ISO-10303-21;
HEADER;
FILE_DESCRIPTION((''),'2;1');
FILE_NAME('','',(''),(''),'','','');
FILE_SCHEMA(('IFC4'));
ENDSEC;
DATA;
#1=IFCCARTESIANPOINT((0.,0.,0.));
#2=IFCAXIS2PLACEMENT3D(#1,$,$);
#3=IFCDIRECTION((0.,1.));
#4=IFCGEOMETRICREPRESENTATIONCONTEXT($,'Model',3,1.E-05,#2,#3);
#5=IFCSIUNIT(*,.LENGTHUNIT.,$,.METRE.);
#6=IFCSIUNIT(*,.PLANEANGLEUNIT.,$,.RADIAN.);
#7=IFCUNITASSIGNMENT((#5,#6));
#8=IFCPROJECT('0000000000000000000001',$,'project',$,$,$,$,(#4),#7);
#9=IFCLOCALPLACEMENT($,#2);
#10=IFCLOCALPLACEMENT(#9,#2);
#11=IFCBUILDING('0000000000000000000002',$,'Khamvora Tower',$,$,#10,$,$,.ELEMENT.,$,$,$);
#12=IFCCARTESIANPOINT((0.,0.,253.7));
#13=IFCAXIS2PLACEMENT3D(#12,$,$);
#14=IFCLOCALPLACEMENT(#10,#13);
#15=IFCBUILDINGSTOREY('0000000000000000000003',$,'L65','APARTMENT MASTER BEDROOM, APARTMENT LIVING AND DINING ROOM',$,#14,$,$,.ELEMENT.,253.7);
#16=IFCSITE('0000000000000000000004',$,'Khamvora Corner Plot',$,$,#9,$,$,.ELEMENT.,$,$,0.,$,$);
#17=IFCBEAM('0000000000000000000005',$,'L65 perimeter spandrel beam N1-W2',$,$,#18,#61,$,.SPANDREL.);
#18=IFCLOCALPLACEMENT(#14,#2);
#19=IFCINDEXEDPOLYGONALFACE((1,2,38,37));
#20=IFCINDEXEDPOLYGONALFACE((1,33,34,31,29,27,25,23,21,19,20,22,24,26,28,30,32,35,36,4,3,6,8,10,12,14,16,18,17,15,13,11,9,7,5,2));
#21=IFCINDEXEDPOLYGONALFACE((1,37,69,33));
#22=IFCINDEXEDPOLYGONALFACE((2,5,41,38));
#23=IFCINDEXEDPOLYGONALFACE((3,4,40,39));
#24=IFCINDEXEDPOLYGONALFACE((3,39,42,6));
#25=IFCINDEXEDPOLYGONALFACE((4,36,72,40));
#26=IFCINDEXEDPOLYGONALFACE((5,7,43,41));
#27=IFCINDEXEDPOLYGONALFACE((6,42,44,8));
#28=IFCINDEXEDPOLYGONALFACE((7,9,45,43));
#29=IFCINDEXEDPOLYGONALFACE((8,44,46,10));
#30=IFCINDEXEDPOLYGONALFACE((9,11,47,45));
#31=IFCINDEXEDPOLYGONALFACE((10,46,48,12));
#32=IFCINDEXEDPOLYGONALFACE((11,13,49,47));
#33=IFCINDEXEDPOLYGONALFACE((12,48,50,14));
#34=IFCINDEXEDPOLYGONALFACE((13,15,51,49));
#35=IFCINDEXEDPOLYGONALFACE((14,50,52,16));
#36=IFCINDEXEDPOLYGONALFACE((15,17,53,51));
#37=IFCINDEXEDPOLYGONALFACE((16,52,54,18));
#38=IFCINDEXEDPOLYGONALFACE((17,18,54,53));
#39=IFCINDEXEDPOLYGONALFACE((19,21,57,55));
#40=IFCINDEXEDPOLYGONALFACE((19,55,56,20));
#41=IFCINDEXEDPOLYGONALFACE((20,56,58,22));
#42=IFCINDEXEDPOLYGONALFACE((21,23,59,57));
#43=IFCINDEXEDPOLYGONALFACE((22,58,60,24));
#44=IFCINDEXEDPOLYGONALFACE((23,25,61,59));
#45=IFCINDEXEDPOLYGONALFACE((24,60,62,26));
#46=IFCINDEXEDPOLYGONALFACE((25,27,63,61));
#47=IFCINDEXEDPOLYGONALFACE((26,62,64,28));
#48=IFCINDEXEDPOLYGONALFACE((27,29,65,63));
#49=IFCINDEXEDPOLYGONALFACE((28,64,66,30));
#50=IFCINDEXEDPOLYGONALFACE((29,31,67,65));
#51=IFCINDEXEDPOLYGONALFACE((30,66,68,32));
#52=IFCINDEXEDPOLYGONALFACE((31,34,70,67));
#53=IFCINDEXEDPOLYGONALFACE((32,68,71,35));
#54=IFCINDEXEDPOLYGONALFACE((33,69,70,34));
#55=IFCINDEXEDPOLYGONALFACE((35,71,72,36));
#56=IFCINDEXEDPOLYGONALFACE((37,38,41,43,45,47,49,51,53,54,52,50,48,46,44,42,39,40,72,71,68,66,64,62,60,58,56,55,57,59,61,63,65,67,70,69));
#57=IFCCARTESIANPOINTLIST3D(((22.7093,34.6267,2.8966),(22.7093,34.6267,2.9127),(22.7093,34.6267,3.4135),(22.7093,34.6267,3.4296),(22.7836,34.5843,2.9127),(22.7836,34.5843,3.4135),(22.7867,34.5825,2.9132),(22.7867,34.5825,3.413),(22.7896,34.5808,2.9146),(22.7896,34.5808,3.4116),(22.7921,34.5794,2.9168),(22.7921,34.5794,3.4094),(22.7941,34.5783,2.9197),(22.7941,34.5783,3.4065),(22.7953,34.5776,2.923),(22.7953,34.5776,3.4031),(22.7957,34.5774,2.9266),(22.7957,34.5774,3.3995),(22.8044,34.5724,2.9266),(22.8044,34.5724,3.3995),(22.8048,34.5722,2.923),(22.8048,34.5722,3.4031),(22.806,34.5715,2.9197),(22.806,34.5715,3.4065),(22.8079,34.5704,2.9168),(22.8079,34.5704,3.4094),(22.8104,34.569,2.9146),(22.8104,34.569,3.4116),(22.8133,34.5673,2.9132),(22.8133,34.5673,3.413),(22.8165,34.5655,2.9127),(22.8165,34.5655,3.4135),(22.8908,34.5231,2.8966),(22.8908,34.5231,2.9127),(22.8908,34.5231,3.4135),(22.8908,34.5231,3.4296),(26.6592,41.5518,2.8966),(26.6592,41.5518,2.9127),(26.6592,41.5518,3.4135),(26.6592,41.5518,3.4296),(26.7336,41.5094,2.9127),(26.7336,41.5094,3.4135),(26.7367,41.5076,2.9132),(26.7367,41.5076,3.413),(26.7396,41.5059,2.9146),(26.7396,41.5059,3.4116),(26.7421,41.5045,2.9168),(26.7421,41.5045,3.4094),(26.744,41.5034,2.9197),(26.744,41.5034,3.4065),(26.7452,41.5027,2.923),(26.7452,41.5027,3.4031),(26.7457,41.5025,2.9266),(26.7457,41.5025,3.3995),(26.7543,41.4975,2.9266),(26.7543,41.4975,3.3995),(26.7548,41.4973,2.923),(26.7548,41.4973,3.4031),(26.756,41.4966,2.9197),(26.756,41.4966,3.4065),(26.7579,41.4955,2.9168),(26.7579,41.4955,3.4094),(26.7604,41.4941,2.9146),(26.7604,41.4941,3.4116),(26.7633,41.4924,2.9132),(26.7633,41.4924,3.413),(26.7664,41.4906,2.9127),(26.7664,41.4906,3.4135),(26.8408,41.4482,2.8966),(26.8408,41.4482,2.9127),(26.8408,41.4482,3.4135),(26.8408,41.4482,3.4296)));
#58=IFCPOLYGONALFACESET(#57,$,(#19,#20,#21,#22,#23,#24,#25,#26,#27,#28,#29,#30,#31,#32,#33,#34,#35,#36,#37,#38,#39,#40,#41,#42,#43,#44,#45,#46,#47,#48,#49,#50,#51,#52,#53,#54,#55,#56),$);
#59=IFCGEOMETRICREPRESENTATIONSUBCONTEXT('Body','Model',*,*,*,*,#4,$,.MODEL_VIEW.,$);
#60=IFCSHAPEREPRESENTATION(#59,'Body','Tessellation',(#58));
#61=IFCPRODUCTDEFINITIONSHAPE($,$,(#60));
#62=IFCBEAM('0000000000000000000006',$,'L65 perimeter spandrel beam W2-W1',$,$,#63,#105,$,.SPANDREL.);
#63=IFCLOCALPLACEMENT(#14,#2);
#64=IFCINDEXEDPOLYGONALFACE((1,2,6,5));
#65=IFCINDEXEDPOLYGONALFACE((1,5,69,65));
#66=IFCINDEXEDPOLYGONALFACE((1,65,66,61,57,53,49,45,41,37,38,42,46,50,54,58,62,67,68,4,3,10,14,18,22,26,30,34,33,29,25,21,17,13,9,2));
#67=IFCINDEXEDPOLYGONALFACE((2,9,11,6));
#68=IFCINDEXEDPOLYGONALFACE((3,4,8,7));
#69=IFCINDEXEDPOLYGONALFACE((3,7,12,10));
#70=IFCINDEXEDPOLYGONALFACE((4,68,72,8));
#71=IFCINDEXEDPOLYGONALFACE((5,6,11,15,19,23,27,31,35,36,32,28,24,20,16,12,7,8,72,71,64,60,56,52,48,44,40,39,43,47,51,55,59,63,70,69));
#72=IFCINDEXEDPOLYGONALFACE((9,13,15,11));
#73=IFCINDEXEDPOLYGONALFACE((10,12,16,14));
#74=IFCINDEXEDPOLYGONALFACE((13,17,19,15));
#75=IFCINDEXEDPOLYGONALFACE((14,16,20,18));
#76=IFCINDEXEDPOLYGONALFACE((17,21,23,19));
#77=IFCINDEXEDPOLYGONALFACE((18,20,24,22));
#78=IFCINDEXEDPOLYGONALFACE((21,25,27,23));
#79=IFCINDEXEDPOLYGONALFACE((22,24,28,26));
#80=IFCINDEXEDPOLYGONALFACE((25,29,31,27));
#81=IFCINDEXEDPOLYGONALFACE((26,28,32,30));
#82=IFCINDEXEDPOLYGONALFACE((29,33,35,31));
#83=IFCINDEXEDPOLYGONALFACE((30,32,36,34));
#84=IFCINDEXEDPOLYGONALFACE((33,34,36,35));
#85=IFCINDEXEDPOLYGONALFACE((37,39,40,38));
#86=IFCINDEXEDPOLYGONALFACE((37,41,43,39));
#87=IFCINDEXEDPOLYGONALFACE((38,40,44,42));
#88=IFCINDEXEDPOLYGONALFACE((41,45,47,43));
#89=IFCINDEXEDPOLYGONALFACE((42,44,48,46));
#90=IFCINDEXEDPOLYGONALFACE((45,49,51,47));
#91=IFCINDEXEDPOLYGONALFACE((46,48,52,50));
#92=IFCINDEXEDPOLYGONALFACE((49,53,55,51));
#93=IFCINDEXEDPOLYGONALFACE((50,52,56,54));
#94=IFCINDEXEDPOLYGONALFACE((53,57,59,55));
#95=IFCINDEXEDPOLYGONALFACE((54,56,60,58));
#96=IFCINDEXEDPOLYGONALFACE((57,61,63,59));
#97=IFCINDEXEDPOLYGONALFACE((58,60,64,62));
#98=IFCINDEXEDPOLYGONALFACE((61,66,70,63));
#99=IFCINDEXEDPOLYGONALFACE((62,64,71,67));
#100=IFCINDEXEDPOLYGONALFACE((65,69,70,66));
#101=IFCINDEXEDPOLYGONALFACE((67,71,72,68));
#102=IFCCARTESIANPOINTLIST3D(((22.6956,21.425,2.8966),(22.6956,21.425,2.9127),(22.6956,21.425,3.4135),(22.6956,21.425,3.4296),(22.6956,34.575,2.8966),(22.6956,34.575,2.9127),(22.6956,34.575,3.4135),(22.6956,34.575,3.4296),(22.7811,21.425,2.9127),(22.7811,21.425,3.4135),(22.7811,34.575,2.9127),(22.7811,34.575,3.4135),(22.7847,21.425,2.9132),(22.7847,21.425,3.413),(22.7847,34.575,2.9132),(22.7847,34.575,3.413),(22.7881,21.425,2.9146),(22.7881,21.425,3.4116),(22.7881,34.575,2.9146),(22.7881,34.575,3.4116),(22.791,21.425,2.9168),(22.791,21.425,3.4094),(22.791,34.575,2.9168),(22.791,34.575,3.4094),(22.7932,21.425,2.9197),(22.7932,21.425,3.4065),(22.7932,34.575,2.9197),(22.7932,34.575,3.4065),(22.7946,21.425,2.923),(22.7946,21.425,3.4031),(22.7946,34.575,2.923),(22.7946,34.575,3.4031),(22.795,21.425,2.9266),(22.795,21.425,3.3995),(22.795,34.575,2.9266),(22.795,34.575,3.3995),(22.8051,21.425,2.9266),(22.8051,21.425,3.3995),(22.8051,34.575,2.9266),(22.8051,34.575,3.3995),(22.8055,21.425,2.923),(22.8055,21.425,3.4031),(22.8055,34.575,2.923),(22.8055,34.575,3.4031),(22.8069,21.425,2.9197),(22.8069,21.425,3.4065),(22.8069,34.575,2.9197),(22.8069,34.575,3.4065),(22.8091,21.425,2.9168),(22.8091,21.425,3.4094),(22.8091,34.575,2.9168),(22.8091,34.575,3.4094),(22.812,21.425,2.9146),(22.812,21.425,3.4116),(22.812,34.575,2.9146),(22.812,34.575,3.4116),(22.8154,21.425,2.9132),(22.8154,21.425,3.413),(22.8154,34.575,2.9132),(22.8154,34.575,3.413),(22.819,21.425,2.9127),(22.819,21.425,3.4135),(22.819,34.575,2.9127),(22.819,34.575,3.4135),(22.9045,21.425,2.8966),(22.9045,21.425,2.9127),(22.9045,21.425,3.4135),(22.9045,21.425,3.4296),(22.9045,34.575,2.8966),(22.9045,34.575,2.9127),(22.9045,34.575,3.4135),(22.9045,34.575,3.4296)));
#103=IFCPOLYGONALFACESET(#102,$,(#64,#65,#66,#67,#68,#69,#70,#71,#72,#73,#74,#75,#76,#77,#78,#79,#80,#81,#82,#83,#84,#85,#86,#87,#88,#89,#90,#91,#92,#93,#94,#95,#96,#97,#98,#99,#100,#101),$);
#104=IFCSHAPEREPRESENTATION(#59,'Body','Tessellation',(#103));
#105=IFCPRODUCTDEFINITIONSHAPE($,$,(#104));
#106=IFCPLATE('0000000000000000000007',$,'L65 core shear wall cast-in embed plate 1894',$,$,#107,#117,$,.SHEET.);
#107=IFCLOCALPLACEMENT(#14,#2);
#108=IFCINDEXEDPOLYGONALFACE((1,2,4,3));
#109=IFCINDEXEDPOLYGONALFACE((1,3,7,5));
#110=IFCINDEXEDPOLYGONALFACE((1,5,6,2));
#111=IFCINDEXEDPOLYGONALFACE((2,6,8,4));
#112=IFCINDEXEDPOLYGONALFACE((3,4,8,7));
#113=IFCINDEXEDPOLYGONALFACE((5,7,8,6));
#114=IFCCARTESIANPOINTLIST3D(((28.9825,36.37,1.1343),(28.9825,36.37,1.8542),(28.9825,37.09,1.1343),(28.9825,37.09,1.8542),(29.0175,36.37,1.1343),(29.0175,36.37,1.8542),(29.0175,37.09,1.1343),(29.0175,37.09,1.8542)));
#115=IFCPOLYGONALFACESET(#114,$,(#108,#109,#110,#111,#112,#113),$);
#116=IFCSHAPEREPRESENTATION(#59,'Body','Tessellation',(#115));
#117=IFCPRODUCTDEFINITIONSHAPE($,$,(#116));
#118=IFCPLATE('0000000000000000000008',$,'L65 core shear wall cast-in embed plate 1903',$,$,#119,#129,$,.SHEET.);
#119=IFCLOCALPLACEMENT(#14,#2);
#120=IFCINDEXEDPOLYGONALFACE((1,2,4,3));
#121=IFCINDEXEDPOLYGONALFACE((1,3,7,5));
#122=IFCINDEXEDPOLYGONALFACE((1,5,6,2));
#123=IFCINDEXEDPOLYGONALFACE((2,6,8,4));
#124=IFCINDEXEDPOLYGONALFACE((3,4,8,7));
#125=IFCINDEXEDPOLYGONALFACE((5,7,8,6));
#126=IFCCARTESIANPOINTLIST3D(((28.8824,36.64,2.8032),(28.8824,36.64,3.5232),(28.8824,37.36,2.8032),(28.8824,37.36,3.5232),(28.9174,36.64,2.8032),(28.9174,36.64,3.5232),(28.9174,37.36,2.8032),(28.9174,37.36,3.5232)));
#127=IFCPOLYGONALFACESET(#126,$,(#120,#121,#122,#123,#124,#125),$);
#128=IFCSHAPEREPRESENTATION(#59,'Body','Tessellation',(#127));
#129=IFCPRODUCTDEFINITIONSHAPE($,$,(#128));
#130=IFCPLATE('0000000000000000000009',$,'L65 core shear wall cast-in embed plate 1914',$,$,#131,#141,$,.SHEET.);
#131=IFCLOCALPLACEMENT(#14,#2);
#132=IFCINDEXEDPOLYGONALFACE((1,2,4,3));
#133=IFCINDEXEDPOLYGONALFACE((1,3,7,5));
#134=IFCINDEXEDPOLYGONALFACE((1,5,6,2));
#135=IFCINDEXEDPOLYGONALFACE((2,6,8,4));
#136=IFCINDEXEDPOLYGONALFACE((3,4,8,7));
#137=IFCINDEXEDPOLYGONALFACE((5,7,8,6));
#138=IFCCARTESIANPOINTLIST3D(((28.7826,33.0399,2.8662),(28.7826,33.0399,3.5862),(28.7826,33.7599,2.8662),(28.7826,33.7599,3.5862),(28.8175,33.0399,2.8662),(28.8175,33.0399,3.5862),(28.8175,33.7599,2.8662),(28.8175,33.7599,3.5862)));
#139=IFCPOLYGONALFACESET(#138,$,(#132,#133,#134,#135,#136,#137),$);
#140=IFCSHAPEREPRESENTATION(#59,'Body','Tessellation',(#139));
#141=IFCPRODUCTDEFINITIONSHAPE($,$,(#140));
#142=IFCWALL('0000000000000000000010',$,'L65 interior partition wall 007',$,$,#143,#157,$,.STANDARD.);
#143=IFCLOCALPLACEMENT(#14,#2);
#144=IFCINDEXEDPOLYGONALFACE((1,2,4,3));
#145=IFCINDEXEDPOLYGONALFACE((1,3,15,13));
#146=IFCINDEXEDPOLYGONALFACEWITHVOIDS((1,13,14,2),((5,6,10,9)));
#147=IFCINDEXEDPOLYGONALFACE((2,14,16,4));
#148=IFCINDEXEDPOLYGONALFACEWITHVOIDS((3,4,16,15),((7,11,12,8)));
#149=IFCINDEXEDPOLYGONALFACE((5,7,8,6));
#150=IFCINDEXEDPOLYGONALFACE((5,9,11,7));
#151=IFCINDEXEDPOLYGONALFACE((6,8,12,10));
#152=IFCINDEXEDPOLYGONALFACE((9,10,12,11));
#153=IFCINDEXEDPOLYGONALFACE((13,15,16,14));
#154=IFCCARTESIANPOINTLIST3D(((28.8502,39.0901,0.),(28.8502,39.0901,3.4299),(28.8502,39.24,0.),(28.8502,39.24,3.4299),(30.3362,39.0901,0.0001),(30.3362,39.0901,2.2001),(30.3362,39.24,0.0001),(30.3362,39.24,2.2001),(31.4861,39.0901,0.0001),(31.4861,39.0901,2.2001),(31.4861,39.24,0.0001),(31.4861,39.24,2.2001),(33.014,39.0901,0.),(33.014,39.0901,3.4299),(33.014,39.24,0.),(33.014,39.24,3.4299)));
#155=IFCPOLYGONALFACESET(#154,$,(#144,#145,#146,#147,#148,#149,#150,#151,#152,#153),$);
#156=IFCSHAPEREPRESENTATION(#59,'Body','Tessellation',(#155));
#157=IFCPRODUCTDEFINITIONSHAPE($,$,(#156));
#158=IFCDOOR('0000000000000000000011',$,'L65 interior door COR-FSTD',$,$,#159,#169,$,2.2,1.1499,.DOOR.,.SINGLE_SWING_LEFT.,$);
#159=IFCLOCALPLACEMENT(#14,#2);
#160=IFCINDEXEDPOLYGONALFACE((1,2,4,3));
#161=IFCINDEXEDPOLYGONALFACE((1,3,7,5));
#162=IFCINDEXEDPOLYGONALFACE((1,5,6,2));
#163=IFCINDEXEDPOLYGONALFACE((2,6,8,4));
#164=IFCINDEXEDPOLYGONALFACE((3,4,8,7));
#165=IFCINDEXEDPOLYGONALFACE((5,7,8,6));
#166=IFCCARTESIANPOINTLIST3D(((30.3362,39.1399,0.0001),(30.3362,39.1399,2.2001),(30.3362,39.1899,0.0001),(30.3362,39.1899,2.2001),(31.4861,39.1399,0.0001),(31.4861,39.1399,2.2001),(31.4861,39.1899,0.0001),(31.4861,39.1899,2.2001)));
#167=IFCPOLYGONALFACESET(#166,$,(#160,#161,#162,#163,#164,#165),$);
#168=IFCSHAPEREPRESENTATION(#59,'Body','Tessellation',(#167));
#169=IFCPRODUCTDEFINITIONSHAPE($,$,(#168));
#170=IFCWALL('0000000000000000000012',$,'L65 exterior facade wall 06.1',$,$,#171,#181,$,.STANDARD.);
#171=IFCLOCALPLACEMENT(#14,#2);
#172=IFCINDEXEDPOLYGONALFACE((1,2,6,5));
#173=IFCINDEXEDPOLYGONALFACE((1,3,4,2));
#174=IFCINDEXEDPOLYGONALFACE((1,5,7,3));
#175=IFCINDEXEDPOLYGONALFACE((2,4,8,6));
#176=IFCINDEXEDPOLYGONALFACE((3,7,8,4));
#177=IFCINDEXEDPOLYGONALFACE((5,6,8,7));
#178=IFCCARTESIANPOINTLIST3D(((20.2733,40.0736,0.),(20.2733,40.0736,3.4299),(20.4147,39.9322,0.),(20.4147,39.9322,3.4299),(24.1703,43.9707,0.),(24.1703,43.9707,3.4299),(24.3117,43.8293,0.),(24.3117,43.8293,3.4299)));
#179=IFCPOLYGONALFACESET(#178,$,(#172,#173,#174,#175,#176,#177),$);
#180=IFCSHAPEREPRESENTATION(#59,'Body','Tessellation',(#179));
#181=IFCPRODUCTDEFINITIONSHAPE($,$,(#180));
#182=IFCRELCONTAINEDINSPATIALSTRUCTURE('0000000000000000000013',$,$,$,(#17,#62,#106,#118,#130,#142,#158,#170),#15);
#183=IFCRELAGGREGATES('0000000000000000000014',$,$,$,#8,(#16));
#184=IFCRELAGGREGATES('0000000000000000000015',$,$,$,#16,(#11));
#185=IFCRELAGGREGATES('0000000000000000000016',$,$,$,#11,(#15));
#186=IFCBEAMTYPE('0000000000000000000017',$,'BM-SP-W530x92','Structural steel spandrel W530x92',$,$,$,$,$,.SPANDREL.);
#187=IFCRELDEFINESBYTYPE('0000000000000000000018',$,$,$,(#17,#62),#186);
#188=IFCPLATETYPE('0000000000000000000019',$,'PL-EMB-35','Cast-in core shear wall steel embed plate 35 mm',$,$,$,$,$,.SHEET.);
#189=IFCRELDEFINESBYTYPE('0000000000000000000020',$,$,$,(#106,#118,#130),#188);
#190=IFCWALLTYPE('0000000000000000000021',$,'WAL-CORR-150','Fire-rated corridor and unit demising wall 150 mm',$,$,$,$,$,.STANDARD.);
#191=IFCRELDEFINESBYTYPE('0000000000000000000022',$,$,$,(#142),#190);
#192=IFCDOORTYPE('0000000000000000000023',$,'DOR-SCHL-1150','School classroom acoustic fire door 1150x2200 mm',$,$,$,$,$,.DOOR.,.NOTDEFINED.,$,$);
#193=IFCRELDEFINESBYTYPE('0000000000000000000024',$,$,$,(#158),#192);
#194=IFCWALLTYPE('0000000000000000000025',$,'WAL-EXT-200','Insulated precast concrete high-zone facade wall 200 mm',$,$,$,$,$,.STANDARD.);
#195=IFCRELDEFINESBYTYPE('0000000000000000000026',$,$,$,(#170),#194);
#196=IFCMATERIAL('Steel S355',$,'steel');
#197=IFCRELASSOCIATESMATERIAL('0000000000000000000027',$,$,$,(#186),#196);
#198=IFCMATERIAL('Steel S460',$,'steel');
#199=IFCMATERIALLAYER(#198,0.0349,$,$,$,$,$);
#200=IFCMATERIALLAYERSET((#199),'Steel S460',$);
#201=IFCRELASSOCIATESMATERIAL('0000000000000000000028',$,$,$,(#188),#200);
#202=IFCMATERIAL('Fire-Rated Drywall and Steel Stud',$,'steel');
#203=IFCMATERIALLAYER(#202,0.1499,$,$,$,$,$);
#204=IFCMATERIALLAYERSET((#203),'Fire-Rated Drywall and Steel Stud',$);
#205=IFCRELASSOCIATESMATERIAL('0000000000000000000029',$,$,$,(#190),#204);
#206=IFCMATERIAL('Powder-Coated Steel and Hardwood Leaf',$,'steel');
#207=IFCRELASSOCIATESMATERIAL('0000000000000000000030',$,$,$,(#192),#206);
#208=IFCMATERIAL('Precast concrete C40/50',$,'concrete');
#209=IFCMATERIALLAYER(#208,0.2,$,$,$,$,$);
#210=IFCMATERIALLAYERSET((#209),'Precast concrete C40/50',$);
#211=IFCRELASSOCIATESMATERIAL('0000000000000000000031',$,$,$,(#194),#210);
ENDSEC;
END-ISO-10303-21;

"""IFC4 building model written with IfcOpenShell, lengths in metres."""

from ifc_helpers import new_model, si_unit, direction, frame, frame_2d, origin, origin_2d, place, context, subcontext, project, spatial, rectangle, i_section, extrude, material, layer, layer_set, material_profile, profile_set, type_object, element, fill, save


model = new_model("IFC4")

# Units and contexts
model_context = context("Model", 3, precision=1e-05, world=origin(), true_north=direction((0.0, 1.0)))
body_context = subcontext(model_context, "Body", "Model", "MODEL_VIEW")
ifc_project = project(units=[si_unit("LENGTHUNIT", "METRE"), si_unit("PLANEANGLEUNIT", "RADIAN")], contexts=[model_context])

# Site, building, storey
site_placement = place(None, origin())
site = spatial("IfcSite", under=ifc_project, at=site_placement, Name="Khamvora Corner Plot", CompositionType="ELEMENT", RefElevation=0.0)
building_placement = place(site_placement, origin())
building = spatial("IfcBuilding", under=site, at=building_placement, Name="Khamvora Tower", CompositionType="ELEMENT")
storey_placement = place(building_placement, frame((0.0, 0.0, 253.7)))
storey = spatial("IfcBuildingStorey", under=building, at=storey_placement, Name="L65", Description="APARTMENT MASTER BEDROOM, APARTMENT LIVING AND DINING ROOM", CompositionType="ELEMENT", Elevation=253.7)

# Shared definitions
ifc_material_1 = material(Name="Steel S355", Category="steel")

# Beams
ifc_material_profile_1 = material_profile(ifc_material_1, i_section(OverallWidth=0.209, OverallDepth=0.533, WebThickness=0.01, FlangeThickness=0.0161, FilletRadius=0.0139, at=origin_2d()), Name="W530x92")
ifc_profile_set_1 = profile_set([ifc_material_profile_1], Name="Steel S355")
beam_type_1 = type_object("IfcBeamType", Name="BM-SP-W530x92", Description="Structural steel spandrel W530x92", PredefinedType="SPANDREL", material=ifc_profile_set_1)
beam_1_placement = place(storey_placement, frame((26.75, 41.5, 3.1631), z_axis=(-0.495456, -0.868633, 0.0), x_axis=(0.868633, -0.495456, 0.0)))
element("IfcBeam", 1, at=beam_1_placement, inside=storey, type_object=beam_type_1, Name="L65 perimeter spandrel beam N1-W2", PredefinedType="SPANDREL", context=body_context, shape_type="SweptSolid", body=[
    extrude(i_section(OverallWidth=0.209, OverallDepth=0.533, WebThickness=0.01, FlangeThickness=0.0161, FilletRadius=0.0139, at=origin_2d()), origin(), (0.0, 0.0, 1.0), 7.9724),
])
beam_2_placement = place(storey_placement, frame((22.8, 34.575, 3.1631), z_axis=(0.0, -1.0, 0.0), x_axis=(1.0, 0.0, 0.0)))
element("IfcBeam", 2, at=beam_2_placement, inside=storey, type_object=beam_type_1, Name="L65 perimeter spandrel beam W2-W1", PredefinedType="SPANDREL", context=body_context, shape_type="SweptSolid", body=[
    extrude(i_section(OverallWidth=0.209, OverallDepth=0.533, WebThickness=0.01, FlangeThickness=0.0161, FilletRadius=0.0139, at=origin_2d()), origin(), (0.0, 0.0, 1.0), 13.1499),
])

# Plates
ifc_material_2 = material(Name="Steel S460", Category="steel")
ifc_layer_1 = layer(ifc_material_2, 0.0349)
ifc_layer_set_1 = layer_set([ifc_layer_1], Name="Steel S460")
plate_type = type_object("IfcPlateType", Name="PL-EMB-35", Description="Cast-in core shear wall steel embed plate 35 mm", PredefinedType="SHEET", material=ifc_layer_set_1)
for number, where, z_axis, x_axis, name in (
    (3, (29.0, 36.73, 1.1343), (0.0, 0.0, 1.0), (1.0, 0.0, 0.0), "L65 core shear wall cast-in embed plate 1894"),
    (4, (28.8999, 37.0, 2.8032), (0.0, 0.0, 1.0), (1.0, 0.0, 0.0), "L65 core shear wall cast-in embed plate 1903"),
    (5, (28.8, 33.3999, 2.8662), (0.0, 0.0, 1.0), (1.0, 0.0, 0.0), "L65 core shear wall cast-in embed plate 1914"),
):
    element("IfcPlate", number, at=place(storey_placement, frame(where, z_axis=z_axis, x_axis=x_axis)), inside=storey, type_object=plate_type, Name=name, PredefinedType="SHEET", context=body_context, shape_type="SweptSolid", body=[
        extrude(rectangle(XDim=0.0349, YDim=0.72, at=origin_2d()), origin(), (0.0, 0.0, 1.0), 0.72),
    ])

# Wall, opening, door
ifc_material_3 = material(Name="Fire-Rated Drywall and Steel Stud", Category="steel")
ifc_layer_2 = layer(ifc_material_3, 0.1499)
ifc_layer_set_2 = layer_set([ifc_layer_2], Name="Fire-Rated Drywall and Steel Stud")
wall_type_1 = type_object("IfcWallType", Name="WAL-CORR-150", Description="Fire-rated corridor and unit demising wall 150 mm", PredefinedType="STANDARD", material=ifc_layer_set_2)
wall_1_placement = place(storey_placement, frame((28.8501, 39.165, 0.0), z_axis=(0.0, 0.0, 1.0), x_axis=(1.0, 0.0, 0.0)))
wall_1 = element("IfcWall", 6, at=wall_1_placement, inside=storey, type_object=wall_type_1, Name="L65 interior partition wall 007", PredefinedType="STANDARD", context=body_context, shape_type="SweptSolid", body=[
    extrude(rectangle(XDim=4.1638, YDim=0.1499, at=frame_2d((2.082, 0.0))), origin(), (0.0, 0.0, 1.0), 3.4299),
])
opening_1_placement = place(wall_1_placement, frame((1.4861, 0.0, 0.0)))
opening_1 = element("IfcOpeningElement", 7, at=opening_1_placement, cuts=wall_1, PredefinedType="OPENING", context=body_context, shape_type="SweptSolid", body=[
    extrude(rectangle(XDim=1.1499, YDim=2.2, at=frame_2d((0.575, 1.1001))), frame((0.0, 0.085, 0.0), z_axis=(0.0, -1.0, 0.0), x_axis=(1.0, 0.0, 0.0)), (0.0, 0.0, 1.0), 0.1699),
])
ifc_material_4 = material(Name="Powder-Coated Steel and Hardwood Leaf", Category="steel")
door_type_1 = type_object("IfcDoorType", Name="DOR-SCHL-1150", Description="School classroom acoustic fire door 1150x2200 mm", OperationType="NOTDEFINED", PredefinedType="DOOR", material=ifc_material_4)
door_1_placement = place(opening_1_placement, origin())
door_1 = element("IfcDoor", 8, at=door_1_placement, inside=storey, type_object=door_type_1, Name="L65 interior door COR-FSTD", OperationType="SINGLE_SWING_LEFT", OverallHeight=2.2, OverallWidth=1.1499, PredefinedType="DOOR", context=body_context, shape_type="SweptSolid", body=[
    extrude(rectangle(XDim=1.1499, YDim=2.2, at=frame_2d((0.575, 1.1001))), frame((0.0, 0.0249, 0.0), z_axis=(0.0, -1.0, 0.0), x_axis=(1.0, 0.0, 0.0)), (0.0, 0.0, 1.0), 0.05),
])
fill(opening_1, door_1)

# Wall
ifc_material_5 = material(Name="Precast concrete C40/50", Category="concrete")
ifc_layer_3 = layer(ifc_material_5, 0.2)
ifc_layer_set_3 = layer_set([ifc_layer_3], Name="Precast concrete C40/50")
wall_type_2 = type_object("IfcWallType", Name="WAL-EXT-200", Description="Insulated precast concrete high-zone facade wall 200 mm", PredefinedType="STANDARD", material=ifc_layer_set_3)
wall_2_placement = place(storey_placement, frame((20.344, 40.0029, 0.0), z_axis=(0.0, 0.0, 1.0), x_axis=(0.707107, 0.707107, 0.0)))
element("IfcWall", 9, at=wall_2_placement, inside=storey, type_object=wall_type_2, Name="L65 exterior facade wall 06.1", PredefinedType="STANDARD", context=body_context, shape_type="SweptSolid", body=[
    extrude(rectangle(XDim=5.5112, YDim=0.2, at=frame_2d((2.7556, 0.0))), origin(), (0.0, 0.0, 1.0), 3.4299),
])

save(model, "model.ifc")
